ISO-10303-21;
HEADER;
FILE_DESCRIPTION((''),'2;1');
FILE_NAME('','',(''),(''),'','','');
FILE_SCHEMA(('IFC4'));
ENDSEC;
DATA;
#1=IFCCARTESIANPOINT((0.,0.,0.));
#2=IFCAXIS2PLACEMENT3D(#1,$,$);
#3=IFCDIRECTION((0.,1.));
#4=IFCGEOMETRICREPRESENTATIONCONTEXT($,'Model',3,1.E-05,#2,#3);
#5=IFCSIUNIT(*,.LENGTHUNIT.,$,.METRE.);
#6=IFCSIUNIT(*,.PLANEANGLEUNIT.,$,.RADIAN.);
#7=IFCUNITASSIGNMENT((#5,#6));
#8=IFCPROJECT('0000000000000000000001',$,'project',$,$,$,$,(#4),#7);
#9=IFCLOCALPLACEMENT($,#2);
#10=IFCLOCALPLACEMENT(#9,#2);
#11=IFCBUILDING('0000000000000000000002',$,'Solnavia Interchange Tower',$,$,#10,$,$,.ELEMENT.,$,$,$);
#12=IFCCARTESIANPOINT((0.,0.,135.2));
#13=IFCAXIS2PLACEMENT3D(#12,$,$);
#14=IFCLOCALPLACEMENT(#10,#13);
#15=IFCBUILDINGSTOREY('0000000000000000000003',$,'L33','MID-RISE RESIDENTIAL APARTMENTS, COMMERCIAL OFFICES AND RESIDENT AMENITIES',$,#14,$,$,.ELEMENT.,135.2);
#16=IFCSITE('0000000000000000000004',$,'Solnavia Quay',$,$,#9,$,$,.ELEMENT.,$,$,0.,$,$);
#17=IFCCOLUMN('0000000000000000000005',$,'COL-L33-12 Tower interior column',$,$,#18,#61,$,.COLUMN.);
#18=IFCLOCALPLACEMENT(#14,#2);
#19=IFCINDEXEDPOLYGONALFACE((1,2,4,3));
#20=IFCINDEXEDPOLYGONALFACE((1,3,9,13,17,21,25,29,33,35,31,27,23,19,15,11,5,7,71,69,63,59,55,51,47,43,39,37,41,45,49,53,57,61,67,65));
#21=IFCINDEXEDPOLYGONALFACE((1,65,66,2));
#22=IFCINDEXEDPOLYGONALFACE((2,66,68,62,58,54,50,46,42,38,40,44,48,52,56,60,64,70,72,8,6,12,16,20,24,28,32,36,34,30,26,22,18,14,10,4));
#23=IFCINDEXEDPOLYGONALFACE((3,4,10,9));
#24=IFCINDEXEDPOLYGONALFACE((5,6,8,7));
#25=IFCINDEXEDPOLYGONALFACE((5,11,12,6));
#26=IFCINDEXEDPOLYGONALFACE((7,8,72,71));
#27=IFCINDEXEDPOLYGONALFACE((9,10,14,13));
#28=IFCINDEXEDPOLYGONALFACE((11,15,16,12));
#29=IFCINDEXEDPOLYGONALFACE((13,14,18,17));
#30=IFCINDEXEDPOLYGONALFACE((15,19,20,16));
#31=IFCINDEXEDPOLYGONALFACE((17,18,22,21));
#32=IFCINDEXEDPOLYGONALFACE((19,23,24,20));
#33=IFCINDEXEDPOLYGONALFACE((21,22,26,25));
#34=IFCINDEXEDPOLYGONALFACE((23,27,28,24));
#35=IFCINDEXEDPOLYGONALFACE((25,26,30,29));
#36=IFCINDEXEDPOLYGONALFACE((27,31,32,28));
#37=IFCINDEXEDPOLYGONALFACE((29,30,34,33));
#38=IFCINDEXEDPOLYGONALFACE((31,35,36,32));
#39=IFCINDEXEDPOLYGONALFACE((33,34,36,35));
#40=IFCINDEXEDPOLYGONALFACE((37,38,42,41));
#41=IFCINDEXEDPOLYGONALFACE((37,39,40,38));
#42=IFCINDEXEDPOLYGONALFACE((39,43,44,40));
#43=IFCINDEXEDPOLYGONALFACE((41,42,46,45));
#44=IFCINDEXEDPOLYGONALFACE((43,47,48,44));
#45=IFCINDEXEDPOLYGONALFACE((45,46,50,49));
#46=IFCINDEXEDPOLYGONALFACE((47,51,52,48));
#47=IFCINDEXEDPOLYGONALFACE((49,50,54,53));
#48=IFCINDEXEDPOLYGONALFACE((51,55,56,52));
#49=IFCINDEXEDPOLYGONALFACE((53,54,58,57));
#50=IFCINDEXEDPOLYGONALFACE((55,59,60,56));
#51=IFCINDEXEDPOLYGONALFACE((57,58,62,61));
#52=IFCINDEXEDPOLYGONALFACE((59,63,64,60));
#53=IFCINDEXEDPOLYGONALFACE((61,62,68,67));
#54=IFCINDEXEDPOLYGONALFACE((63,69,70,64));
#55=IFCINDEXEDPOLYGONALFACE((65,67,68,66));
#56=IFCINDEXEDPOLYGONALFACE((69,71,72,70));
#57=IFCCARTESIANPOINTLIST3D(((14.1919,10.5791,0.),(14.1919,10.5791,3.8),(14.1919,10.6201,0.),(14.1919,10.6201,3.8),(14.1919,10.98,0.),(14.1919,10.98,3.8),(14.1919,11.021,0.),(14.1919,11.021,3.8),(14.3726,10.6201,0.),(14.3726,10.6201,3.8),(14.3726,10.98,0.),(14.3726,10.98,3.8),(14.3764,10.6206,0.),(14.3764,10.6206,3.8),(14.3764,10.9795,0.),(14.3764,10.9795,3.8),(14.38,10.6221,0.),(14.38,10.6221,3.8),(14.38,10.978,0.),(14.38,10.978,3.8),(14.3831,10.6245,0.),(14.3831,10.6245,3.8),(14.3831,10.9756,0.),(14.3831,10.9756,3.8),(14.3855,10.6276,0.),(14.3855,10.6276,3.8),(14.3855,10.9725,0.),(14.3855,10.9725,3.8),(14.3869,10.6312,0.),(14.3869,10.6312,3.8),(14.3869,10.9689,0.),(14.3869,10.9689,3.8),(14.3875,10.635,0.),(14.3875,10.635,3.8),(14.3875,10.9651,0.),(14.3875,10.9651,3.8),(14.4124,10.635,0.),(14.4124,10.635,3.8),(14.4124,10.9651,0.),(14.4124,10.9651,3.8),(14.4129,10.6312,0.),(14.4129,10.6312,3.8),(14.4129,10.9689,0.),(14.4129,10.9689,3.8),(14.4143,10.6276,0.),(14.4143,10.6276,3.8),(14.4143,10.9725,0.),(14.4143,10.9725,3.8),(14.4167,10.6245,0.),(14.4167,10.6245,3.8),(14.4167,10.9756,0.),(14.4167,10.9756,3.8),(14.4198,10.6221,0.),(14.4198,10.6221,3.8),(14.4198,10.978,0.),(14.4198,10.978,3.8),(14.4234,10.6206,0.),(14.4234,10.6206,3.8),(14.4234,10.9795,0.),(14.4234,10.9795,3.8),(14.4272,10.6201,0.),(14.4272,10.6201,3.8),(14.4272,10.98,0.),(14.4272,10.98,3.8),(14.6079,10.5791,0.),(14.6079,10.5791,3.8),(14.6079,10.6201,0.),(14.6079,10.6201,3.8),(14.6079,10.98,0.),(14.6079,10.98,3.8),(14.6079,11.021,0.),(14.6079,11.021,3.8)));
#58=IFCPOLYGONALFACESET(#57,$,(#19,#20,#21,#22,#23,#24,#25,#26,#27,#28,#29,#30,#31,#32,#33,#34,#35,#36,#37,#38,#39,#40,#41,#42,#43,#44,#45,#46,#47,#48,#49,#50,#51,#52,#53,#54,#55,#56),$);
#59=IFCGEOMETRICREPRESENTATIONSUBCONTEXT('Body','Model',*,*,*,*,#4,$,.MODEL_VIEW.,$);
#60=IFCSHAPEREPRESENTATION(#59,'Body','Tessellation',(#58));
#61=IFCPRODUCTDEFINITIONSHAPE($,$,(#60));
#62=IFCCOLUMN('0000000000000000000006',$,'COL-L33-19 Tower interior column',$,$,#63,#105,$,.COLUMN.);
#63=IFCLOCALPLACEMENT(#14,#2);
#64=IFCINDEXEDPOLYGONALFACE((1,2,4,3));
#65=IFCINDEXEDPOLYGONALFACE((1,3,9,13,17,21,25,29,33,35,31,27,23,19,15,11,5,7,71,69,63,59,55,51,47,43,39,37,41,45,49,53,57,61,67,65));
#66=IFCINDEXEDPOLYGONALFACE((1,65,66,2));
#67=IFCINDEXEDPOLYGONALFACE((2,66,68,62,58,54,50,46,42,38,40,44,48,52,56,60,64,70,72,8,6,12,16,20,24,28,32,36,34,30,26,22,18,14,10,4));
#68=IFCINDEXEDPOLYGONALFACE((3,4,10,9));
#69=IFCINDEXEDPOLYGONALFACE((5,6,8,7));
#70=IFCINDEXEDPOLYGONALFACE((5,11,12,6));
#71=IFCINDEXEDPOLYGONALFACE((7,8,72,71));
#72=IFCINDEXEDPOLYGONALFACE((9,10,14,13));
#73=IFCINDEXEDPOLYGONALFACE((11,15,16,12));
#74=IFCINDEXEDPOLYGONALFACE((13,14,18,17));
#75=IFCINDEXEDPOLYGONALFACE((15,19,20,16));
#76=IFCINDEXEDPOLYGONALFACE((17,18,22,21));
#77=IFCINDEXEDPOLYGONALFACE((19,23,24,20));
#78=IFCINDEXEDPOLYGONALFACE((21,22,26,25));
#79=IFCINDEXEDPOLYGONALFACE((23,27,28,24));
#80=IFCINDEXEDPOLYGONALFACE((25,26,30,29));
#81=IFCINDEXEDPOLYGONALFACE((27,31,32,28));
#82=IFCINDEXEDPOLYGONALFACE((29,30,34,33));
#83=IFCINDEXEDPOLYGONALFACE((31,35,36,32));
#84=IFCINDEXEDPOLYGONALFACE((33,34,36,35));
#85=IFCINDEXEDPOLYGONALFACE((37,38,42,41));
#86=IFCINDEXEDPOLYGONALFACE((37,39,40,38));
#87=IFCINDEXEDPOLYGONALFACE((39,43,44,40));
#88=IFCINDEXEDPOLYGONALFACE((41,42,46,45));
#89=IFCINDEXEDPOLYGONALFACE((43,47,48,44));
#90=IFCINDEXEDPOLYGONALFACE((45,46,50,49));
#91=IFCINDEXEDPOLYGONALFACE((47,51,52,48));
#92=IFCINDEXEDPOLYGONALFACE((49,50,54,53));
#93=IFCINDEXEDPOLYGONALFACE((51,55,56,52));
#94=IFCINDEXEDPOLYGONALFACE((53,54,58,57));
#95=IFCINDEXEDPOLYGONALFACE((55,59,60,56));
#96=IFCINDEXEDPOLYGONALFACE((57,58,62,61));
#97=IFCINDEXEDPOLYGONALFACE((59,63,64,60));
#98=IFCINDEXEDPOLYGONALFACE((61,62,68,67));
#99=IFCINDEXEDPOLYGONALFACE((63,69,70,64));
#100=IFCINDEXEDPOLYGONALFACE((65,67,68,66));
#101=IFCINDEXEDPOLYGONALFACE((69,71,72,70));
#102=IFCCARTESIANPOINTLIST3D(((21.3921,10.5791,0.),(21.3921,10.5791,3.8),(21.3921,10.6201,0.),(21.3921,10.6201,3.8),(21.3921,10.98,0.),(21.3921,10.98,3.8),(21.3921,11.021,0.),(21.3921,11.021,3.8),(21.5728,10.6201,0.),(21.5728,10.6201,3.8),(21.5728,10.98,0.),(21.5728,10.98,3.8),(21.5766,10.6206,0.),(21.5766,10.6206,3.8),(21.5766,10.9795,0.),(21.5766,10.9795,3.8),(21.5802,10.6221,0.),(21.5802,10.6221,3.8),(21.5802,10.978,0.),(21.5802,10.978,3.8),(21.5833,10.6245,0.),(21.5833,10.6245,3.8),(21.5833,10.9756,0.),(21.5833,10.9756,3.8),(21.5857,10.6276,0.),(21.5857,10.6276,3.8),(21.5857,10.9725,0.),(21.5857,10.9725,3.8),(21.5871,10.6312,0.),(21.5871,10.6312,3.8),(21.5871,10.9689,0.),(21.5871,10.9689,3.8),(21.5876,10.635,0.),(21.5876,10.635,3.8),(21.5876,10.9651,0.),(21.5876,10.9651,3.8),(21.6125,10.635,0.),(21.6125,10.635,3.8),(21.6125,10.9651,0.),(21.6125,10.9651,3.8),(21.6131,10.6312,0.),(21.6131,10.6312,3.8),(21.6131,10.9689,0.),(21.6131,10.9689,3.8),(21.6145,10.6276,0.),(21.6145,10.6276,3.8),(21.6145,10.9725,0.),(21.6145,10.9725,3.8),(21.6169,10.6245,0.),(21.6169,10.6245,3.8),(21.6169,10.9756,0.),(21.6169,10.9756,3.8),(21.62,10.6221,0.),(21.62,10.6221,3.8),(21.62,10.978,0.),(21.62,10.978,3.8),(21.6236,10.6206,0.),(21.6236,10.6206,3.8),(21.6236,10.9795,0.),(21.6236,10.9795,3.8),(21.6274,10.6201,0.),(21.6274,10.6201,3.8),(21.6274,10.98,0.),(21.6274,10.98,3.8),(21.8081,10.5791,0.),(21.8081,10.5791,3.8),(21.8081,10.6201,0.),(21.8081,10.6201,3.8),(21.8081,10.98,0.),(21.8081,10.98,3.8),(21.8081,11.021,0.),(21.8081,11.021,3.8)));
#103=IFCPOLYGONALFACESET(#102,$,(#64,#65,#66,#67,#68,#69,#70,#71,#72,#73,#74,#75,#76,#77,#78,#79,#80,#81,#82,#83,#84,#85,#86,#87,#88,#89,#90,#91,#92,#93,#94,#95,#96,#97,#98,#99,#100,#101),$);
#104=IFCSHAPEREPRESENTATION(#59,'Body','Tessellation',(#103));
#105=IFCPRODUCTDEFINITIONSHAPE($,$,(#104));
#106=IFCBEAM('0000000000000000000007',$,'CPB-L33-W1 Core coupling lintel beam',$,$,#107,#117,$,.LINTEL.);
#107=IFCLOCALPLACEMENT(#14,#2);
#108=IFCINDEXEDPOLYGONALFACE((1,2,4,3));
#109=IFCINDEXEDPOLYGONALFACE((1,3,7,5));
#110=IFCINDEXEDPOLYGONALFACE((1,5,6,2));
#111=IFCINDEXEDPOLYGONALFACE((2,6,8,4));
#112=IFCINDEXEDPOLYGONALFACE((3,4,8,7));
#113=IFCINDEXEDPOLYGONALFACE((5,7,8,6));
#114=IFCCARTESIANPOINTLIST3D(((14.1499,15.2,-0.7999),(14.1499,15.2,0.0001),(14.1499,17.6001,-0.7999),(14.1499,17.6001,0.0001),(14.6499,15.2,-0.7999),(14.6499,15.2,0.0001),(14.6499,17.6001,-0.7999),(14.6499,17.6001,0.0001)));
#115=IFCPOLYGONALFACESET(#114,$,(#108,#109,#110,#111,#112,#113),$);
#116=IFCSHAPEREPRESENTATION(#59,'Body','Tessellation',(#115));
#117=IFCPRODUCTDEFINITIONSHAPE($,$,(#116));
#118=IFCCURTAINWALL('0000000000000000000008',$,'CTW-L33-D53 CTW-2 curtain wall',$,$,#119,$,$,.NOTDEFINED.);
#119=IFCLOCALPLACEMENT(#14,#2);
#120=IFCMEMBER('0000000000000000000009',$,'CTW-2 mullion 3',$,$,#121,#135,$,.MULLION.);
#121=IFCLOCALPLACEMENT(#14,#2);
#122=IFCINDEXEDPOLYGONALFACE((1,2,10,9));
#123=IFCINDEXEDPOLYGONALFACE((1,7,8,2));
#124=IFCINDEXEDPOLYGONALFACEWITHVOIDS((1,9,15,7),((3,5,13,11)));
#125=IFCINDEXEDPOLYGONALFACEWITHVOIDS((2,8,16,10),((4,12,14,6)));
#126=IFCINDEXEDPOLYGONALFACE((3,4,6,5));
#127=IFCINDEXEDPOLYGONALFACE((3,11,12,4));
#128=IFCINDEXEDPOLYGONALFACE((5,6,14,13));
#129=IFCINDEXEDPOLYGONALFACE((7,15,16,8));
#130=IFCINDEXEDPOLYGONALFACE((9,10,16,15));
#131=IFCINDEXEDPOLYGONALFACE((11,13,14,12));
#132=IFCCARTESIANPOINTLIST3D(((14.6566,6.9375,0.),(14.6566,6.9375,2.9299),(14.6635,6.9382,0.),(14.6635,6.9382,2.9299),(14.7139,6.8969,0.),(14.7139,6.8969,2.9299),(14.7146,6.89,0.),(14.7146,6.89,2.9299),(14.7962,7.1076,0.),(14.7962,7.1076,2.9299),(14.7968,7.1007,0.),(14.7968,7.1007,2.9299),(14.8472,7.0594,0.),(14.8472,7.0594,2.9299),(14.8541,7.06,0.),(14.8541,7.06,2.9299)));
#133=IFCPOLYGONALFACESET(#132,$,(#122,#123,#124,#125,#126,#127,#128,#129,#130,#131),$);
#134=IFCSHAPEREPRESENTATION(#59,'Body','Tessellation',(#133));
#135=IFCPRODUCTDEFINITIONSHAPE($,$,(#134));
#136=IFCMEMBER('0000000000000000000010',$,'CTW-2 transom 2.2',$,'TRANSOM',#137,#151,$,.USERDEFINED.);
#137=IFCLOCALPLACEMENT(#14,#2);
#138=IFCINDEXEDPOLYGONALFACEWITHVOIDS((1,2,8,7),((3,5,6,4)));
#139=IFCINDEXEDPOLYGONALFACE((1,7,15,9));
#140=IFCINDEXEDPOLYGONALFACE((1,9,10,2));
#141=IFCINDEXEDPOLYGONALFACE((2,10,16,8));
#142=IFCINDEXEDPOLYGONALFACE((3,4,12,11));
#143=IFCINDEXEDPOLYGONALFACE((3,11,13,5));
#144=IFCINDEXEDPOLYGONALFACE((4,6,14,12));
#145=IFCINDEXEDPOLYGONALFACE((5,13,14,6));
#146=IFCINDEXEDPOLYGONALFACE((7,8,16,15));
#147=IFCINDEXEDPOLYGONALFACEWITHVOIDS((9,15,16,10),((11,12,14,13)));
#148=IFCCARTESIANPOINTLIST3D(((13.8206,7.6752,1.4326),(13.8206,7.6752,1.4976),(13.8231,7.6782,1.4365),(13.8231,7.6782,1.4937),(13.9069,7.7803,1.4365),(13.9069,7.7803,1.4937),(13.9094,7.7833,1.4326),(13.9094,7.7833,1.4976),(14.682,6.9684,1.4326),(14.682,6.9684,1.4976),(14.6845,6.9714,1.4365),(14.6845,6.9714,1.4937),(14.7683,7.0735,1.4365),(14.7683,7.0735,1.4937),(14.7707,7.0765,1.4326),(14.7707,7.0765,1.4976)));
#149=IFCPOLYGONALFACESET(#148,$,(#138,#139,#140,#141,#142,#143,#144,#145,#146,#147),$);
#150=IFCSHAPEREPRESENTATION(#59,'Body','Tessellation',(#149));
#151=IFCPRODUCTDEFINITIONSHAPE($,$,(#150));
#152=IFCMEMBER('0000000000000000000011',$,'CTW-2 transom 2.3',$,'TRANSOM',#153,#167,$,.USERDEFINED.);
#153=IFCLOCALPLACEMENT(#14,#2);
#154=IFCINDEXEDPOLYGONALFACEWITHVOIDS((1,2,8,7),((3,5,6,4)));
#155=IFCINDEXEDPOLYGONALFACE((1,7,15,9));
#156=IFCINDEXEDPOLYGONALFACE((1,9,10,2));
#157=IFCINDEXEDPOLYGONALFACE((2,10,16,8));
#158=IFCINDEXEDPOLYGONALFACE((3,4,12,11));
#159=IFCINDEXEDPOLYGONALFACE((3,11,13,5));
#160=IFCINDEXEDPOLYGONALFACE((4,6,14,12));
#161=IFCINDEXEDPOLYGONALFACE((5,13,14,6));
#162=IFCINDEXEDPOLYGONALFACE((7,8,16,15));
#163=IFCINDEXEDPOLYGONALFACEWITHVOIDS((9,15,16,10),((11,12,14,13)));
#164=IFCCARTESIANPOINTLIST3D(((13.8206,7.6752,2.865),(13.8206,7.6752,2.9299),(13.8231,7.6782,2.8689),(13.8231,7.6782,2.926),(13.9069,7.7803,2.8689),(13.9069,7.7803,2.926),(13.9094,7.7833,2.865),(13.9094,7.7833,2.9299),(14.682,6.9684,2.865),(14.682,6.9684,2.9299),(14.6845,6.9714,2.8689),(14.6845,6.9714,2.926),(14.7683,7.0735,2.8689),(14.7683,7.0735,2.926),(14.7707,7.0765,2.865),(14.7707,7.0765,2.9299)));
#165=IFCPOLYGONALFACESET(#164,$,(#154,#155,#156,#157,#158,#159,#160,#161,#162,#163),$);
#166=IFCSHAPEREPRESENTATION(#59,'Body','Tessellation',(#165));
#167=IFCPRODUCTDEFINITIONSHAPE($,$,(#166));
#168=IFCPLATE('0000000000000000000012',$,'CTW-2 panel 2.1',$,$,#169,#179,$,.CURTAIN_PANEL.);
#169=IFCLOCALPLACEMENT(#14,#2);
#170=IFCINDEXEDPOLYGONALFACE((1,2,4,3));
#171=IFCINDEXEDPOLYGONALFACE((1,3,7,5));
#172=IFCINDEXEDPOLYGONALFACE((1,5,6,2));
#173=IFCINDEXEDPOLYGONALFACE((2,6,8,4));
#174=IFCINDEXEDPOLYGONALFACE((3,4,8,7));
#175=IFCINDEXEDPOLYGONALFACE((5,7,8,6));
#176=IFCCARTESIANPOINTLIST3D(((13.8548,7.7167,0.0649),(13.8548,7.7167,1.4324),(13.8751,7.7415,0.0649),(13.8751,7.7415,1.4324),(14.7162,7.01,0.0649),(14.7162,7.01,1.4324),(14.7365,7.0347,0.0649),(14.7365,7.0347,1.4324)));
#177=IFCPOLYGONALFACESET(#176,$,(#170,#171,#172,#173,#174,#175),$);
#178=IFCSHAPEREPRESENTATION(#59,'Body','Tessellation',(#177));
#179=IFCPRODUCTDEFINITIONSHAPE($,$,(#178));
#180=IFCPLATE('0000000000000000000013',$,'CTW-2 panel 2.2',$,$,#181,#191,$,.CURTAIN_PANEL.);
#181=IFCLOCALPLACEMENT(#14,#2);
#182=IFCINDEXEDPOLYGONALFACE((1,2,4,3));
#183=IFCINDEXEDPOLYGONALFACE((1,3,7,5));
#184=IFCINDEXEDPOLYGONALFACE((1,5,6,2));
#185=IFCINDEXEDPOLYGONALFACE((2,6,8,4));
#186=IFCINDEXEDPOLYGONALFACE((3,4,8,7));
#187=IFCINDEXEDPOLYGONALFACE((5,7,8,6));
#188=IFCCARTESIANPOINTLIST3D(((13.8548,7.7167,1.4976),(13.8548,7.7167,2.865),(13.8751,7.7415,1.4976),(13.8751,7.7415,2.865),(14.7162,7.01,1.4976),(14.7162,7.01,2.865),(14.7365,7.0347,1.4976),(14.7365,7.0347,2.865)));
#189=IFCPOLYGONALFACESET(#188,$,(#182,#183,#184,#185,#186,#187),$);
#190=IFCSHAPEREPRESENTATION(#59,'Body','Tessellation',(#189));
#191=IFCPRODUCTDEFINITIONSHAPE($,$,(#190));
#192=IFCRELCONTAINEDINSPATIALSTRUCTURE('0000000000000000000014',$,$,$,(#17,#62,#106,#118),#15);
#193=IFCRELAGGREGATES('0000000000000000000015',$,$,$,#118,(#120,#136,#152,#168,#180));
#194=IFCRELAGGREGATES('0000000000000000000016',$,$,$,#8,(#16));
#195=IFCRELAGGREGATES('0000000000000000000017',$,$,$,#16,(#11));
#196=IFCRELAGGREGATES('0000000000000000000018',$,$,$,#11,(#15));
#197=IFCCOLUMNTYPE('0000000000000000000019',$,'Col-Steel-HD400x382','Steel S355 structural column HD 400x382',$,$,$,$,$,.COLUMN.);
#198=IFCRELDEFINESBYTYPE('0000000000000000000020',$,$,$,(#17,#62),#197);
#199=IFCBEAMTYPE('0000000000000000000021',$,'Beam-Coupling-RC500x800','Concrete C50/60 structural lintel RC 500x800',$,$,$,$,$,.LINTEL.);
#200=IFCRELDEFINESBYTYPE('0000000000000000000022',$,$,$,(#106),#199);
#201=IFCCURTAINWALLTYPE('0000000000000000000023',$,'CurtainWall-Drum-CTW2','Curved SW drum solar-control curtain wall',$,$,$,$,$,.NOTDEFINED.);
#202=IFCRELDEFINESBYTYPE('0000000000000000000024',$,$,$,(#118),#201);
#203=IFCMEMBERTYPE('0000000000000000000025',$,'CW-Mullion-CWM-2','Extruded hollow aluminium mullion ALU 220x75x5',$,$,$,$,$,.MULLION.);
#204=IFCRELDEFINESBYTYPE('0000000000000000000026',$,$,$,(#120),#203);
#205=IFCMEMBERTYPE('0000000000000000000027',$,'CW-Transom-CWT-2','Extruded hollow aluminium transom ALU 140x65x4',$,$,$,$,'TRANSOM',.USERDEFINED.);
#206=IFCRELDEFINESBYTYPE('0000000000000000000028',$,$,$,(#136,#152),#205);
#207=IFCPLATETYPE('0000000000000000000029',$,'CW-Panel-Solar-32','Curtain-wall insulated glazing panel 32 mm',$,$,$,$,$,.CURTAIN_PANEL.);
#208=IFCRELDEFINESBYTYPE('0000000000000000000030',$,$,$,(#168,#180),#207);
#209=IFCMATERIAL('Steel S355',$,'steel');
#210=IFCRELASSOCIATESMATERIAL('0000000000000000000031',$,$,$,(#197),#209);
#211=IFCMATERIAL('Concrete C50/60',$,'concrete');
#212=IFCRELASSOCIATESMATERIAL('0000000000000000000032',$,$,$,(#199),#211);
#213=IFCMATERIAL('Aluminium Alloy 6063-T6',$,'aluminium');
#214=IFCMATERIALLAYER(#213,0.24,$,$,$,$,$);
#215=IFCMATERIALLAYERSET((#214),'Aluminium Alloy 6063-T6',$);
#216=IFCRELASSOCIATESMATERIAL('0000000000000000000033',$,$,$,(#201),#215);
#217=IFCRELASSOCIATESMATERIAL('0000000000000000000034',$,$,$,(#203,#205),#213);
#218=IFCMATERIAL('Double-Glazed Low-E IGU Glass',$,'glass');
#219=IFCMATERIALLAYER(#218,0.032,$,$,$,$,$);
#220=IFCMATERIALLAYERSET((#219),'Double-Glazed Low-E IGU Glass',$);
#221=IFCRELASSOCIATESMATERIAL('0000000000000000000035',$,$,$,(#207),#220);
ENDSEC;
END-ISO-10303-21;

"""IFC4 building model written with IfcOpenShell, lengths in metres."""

from ifc_helpers import new_model, si_unit, direction, frame, origin, origin_2d, place, context, subcontext, project, spatial, rectangle, hollow_rectangle, i_section, extrude, material, layer, layer_set, material_profile, profile_set, type_object, element, aggregate, save


model = new_model("IFC4")

# Units and contexts
model_context = context("Model", 3, precision=1e-05, world=origin(), true_north=direction((0.0, 1.0)))
body_context = subcontext(model_context, "Body", "Model", "MODEL_VIEW")
ifc_project = project(units=[si_unit("LENGTHUNIT", "METRE"), si_unit("PLANEANGLEUNIT", "RADIAN")], contexts=[model_context])

# Site, building, storey
site_placement = place(None, origin())
site = spatial("IfcSite", under=ifc_project, at=site_placement, Name="Solnavia Quay", CompositionType="ELEMENT", RefElevation=0.0)
building_placement = place(site_placement, origin())
building = spatial("IfcBuilding", under=site, at=building_placement, Name="Solnavia Interchange Tower", CompositionType="ELEMENT")
storey_placement = place(building_placement, frame((0.0, 0.0, 135.2)))
storey = spatial("IfcBuildingStorey", under=building, at=storey_placement, Name="L33", Description="MID-RISE RESIDENTIAL APARTMENTS, COMMERCIAL OFFICES AND RESIDENT AMENITIES", CompositionType="ELEMENT", Elevation=135.2)

# Columns
ifc_material_1 = material(Name="Steel S355", Category="steel")
ifc_material_profile_1 = material_profile(ifc_material_1, i_section(OverallWidth=0.416, OverallDepth=0.4419, WebThickness=0.0249, FlangeThickness=0.041, FilletRadius=0.0149, at=origin_2d()), Name="HD 400x382")
ifc_profile_set_1 = profile_set([ifc_material_profile_1], Name="Steel S355")
column_type = type_object("IfcColumnType", Name="Col-Steel-HD400x382", Description="Steel S355 structural column HD 400x382", PredefinedType="COLUMN", material=ifc_profile_set_1)
for number, where, z_axis, x_axis, name in (
    (1, (14.3999, 10.8, 0.0), (0.0, 0.0, 1.0), (1.0, 0.0, 0.0), "COL-L33-12 Tower interior column"),
    (2, (21.6001, 10.8, 0.0), (0.0, 0.0, 1.0), (1.0, 0.0, 0.0), "COL-L33-19 Tower interior column"),
):
    element("IfcColumn", number, at=place(storey_placement, frame(where, z_axis=z_axis, x_axis=x_axis)), inside=storey, type_object=column_type, Name=name, PredefinedType="COLUMN", context=body_context, shape_type="SweptSolid", body=[
        extrude(i_section(OverallWidth=0.416, OverallDepth=0.4419, WebThickness=0.0249, FlangeThickness=0.041, FilletRadius=0.0149, at=origin_2d()), origin(), (0.0, 0.0, 1.0), 3.8),
    ])

# Beam
ifc_material_2 = material(Name="Concrete C50/60", Category="concrete")
ifc_material_profile_2 = material_profile(ifc_material_2, rectangle(XDim=0.5, YDim=0.8, at=origin_2d()), Name="RC 500x800")
ifc_profile_set_2 = profile_set([ifc_material_profile_2], Name="Concrete C50/60")
beam_type = type_object("IfcBeamType", Name="Beam-Coupling-RC500x800", Description="Concrete C50/60 structural lintel RC 500x800", PredefinedType="LINTEL", material=ifc_profile_set_2)
beam_placement = place(storey_placement, frame((14.3999, 15.2, -0.3999), z_axis=(0.0, 1.0, 0.0), x_axis=(-1.0, 0.0, 0.0)))
element("IfcBeam", 3, at=beam_placement, inside=storey, type_object=beam_type, Name="CPB-L33-W1 Core coupling lintel beam", PredefinedType="LINTEL", context=body_context, shape_type="SweptSolid", body=[
    extrude(rectangle(XDim=0.5, YDim=0.8, at=origin_2d()), origin(), (0.0, 0.0, 1.0), 2.4001),
])

# Curtain wall, members, plates
ifc_material_3 = material(Name="Aluminium Alloy 6063-T6", Category="aluminium")
ifc_layer_1 = layer(ifc_material_3, 0.24)
ifc_layer_set_1 = layer_set([ifc_layer_1], Name="Aluminium Alloy 6063-T6")
curtain_wall_type = type_object("IfcCurtainWallType", Name="CurtainWall-Drum-CTW2", Description="Curved SW drum solar-control curtain wall", PredefinedType="NOTDEFINED", material=ifc_layer_set_1)
curtain_wall_placement = place(storey_placement, origin())
curtain_wall = element("IfcCurtainWall", 4, at=curtain_wall_placement, inside=storey, type_object=curtain_wall_type, Name="CTW-L33-D53 CTW-2 curtain wall", PredefinedType="NOTDEFINED")
ifc_material_profile_3 = material_profile(ifc_material_3, hollow_rectangle(XDim=0.075, YDim=0.22, WallThickness=0.0049, at=origin_2d()), Name="ALU 220x75x5")
ifc_profile_set_3 = profile_set([ifc_material_profile_3], Name="Aluminium Alloy 6063-T6")
member_type_1 = type_object("IfcMemberType", Name="CW-Mullion-CWM-2", Description="Extruded hollow aluminium mullion ALU 220x75x5", PredefinedType="MULLION", material=ifc_profile_set_3)
member_1_placement = place(storey_placement, frame((14.7554, 6.9988, 0.0), z_axis=(0.0, 0.0, 1.0), x_axis=(0.773103, -0.63428, 0.0)))
member_1 = element("IfcMember", 5, at=member_1_placement, type_object=member_type_1, Name="CTW-2 mullion 3", PredefinedType="MULLION", context=body_context, shape_type="SweptSolid", body=[
    extrude(hollow_rectangle(XDim=0.075, YDim=0.22, WallThickness=0.0049, at=origin_2d()), origin(), (0.0, 0.0, 1.0), 2.9299),
])
ifc_material_profile_4 = material_profile(ifc_material_3, hollow_rectangle(XDim=0.0649, YDim=0.1399, WallThickness=0.0039, at=origin_2d()), Name="ALU 140x65x4")
ifc_profile_set_4 = profile_set([ifc_material_profile_4], Name="Aluminium Alloy 6063-T6")
member_type_2 = type_object("IfcMemberType", Name="CW-Transom-CWT-2", Description="Extruded hollow aluminium transom ALU 140x65x4", ElementType="TRANSOM", PredefinedType="USERDEFINED", material=ifc_profile_set_4)
member_2_placement = place(storey_placement, frame((13.865, 7.7292, 1.4651), z_axis=(0.773049, -0.634347, 0.0), x_axis=(0.0, 0.0, 1.0)))
member_2 = element("IfcMember", 6, at=member_2_placement, type_object=member_type_2, Name="CTW-2 transom 2.2", ObjectType="TRANSOM", PredefinedType="USERDEFINED", context=body_context, shape_type="SweptSolid", body=[
    extrude(hollow_rectangle(XDim=0.0649, YDim=0.1399, WallThickness=0.0039, at=origin_2d()), origin(), (0.0, 0.0, 1.0), 1.1143),
])
member_3_placement = place(storey_placement, frame((13.865, 7.7292, 2.8975), z_axis=(0.773049, -0.634347, 0.0), x_axis=(0.0, 0.0, 1.0)))
member_3 = element("IfcMember", 7, at=member_3_placement, type_object=member_type_2, Name="CTW-2 transom 2.3", ObjectType="TRANSOM", PredefinedType="USERDEFINED", context=body_context, shape_type="SweptSolid", body=[
    extrude(hollow_rectangle(XDim=0.0649, YDim=0.1399, WallThickness=0.0039, at=origin_2d()), origin(), (0.0, 0.0, 1.0), 1.1143),
])
ifc_material_4 = material(Name="Double-Glazed Low-E IGU Glass", Category="glass")
ifc_layer_2 = layer(ifc_material_4, 0.032)
ifc_layer_set_2 = layer_set([ifc_layer_2], Name="Double-Glazed Low-E IGU Glass")
plate_type = type_object("IfcPlateType", Name="CW-Panel-Solar-32", Description="Curtain-wall insulated glazing panel 32 mm", PredefinedType="CURTAIN_PANEL", material=ifc_layer_set_2)
plate_1_placement = place(storey_placement, frame((14.2957, 7.3757, 0.0649), z_axis=(0.0, 0.0, 1.0), x_axis=(0.773103, -0.63428, 0.0)))
plate_1 = element("IfcPlate", 8, at=plate_1_placement, type_object=plate_type, Name="CTW-2 panel 2.1", PredefinedType="CURTAIN_PANEL", context=body_context, shape_type="SweptSolid", body=[
    extrude(rectangle(XDim=1.1143, YDim=0.032, at=origin_2d()), origin(), (0.0, 0.0, 1.0), 1.3674),
])
plate_2_placement = place(storey_placement, frame((14.2957, 7.3757, 1.4976), z_axis=(0.0, 0.0, 1.0), x_axis=(0.773103, -0.63428, 0.0)))
plate_2 = element("IfcPlate", 9, at=plate_2_placement, type_object=plate_type, Name="CTW-2 panel 2.2", PredefinedType="CURTAIN_PANEL", context=body_context, shape_type="SweptSolid", body=[
    extrude(rectangle(XDim=1.1143, YDim=0.032, at=origin_2d()), origin(), (0.0, 0.0, 1.0), 1.3674),
])
aggregate(curtain_wall, [member_1, member_2, member_3, plate_1, plate_2])

save(model, "model.ifc")
